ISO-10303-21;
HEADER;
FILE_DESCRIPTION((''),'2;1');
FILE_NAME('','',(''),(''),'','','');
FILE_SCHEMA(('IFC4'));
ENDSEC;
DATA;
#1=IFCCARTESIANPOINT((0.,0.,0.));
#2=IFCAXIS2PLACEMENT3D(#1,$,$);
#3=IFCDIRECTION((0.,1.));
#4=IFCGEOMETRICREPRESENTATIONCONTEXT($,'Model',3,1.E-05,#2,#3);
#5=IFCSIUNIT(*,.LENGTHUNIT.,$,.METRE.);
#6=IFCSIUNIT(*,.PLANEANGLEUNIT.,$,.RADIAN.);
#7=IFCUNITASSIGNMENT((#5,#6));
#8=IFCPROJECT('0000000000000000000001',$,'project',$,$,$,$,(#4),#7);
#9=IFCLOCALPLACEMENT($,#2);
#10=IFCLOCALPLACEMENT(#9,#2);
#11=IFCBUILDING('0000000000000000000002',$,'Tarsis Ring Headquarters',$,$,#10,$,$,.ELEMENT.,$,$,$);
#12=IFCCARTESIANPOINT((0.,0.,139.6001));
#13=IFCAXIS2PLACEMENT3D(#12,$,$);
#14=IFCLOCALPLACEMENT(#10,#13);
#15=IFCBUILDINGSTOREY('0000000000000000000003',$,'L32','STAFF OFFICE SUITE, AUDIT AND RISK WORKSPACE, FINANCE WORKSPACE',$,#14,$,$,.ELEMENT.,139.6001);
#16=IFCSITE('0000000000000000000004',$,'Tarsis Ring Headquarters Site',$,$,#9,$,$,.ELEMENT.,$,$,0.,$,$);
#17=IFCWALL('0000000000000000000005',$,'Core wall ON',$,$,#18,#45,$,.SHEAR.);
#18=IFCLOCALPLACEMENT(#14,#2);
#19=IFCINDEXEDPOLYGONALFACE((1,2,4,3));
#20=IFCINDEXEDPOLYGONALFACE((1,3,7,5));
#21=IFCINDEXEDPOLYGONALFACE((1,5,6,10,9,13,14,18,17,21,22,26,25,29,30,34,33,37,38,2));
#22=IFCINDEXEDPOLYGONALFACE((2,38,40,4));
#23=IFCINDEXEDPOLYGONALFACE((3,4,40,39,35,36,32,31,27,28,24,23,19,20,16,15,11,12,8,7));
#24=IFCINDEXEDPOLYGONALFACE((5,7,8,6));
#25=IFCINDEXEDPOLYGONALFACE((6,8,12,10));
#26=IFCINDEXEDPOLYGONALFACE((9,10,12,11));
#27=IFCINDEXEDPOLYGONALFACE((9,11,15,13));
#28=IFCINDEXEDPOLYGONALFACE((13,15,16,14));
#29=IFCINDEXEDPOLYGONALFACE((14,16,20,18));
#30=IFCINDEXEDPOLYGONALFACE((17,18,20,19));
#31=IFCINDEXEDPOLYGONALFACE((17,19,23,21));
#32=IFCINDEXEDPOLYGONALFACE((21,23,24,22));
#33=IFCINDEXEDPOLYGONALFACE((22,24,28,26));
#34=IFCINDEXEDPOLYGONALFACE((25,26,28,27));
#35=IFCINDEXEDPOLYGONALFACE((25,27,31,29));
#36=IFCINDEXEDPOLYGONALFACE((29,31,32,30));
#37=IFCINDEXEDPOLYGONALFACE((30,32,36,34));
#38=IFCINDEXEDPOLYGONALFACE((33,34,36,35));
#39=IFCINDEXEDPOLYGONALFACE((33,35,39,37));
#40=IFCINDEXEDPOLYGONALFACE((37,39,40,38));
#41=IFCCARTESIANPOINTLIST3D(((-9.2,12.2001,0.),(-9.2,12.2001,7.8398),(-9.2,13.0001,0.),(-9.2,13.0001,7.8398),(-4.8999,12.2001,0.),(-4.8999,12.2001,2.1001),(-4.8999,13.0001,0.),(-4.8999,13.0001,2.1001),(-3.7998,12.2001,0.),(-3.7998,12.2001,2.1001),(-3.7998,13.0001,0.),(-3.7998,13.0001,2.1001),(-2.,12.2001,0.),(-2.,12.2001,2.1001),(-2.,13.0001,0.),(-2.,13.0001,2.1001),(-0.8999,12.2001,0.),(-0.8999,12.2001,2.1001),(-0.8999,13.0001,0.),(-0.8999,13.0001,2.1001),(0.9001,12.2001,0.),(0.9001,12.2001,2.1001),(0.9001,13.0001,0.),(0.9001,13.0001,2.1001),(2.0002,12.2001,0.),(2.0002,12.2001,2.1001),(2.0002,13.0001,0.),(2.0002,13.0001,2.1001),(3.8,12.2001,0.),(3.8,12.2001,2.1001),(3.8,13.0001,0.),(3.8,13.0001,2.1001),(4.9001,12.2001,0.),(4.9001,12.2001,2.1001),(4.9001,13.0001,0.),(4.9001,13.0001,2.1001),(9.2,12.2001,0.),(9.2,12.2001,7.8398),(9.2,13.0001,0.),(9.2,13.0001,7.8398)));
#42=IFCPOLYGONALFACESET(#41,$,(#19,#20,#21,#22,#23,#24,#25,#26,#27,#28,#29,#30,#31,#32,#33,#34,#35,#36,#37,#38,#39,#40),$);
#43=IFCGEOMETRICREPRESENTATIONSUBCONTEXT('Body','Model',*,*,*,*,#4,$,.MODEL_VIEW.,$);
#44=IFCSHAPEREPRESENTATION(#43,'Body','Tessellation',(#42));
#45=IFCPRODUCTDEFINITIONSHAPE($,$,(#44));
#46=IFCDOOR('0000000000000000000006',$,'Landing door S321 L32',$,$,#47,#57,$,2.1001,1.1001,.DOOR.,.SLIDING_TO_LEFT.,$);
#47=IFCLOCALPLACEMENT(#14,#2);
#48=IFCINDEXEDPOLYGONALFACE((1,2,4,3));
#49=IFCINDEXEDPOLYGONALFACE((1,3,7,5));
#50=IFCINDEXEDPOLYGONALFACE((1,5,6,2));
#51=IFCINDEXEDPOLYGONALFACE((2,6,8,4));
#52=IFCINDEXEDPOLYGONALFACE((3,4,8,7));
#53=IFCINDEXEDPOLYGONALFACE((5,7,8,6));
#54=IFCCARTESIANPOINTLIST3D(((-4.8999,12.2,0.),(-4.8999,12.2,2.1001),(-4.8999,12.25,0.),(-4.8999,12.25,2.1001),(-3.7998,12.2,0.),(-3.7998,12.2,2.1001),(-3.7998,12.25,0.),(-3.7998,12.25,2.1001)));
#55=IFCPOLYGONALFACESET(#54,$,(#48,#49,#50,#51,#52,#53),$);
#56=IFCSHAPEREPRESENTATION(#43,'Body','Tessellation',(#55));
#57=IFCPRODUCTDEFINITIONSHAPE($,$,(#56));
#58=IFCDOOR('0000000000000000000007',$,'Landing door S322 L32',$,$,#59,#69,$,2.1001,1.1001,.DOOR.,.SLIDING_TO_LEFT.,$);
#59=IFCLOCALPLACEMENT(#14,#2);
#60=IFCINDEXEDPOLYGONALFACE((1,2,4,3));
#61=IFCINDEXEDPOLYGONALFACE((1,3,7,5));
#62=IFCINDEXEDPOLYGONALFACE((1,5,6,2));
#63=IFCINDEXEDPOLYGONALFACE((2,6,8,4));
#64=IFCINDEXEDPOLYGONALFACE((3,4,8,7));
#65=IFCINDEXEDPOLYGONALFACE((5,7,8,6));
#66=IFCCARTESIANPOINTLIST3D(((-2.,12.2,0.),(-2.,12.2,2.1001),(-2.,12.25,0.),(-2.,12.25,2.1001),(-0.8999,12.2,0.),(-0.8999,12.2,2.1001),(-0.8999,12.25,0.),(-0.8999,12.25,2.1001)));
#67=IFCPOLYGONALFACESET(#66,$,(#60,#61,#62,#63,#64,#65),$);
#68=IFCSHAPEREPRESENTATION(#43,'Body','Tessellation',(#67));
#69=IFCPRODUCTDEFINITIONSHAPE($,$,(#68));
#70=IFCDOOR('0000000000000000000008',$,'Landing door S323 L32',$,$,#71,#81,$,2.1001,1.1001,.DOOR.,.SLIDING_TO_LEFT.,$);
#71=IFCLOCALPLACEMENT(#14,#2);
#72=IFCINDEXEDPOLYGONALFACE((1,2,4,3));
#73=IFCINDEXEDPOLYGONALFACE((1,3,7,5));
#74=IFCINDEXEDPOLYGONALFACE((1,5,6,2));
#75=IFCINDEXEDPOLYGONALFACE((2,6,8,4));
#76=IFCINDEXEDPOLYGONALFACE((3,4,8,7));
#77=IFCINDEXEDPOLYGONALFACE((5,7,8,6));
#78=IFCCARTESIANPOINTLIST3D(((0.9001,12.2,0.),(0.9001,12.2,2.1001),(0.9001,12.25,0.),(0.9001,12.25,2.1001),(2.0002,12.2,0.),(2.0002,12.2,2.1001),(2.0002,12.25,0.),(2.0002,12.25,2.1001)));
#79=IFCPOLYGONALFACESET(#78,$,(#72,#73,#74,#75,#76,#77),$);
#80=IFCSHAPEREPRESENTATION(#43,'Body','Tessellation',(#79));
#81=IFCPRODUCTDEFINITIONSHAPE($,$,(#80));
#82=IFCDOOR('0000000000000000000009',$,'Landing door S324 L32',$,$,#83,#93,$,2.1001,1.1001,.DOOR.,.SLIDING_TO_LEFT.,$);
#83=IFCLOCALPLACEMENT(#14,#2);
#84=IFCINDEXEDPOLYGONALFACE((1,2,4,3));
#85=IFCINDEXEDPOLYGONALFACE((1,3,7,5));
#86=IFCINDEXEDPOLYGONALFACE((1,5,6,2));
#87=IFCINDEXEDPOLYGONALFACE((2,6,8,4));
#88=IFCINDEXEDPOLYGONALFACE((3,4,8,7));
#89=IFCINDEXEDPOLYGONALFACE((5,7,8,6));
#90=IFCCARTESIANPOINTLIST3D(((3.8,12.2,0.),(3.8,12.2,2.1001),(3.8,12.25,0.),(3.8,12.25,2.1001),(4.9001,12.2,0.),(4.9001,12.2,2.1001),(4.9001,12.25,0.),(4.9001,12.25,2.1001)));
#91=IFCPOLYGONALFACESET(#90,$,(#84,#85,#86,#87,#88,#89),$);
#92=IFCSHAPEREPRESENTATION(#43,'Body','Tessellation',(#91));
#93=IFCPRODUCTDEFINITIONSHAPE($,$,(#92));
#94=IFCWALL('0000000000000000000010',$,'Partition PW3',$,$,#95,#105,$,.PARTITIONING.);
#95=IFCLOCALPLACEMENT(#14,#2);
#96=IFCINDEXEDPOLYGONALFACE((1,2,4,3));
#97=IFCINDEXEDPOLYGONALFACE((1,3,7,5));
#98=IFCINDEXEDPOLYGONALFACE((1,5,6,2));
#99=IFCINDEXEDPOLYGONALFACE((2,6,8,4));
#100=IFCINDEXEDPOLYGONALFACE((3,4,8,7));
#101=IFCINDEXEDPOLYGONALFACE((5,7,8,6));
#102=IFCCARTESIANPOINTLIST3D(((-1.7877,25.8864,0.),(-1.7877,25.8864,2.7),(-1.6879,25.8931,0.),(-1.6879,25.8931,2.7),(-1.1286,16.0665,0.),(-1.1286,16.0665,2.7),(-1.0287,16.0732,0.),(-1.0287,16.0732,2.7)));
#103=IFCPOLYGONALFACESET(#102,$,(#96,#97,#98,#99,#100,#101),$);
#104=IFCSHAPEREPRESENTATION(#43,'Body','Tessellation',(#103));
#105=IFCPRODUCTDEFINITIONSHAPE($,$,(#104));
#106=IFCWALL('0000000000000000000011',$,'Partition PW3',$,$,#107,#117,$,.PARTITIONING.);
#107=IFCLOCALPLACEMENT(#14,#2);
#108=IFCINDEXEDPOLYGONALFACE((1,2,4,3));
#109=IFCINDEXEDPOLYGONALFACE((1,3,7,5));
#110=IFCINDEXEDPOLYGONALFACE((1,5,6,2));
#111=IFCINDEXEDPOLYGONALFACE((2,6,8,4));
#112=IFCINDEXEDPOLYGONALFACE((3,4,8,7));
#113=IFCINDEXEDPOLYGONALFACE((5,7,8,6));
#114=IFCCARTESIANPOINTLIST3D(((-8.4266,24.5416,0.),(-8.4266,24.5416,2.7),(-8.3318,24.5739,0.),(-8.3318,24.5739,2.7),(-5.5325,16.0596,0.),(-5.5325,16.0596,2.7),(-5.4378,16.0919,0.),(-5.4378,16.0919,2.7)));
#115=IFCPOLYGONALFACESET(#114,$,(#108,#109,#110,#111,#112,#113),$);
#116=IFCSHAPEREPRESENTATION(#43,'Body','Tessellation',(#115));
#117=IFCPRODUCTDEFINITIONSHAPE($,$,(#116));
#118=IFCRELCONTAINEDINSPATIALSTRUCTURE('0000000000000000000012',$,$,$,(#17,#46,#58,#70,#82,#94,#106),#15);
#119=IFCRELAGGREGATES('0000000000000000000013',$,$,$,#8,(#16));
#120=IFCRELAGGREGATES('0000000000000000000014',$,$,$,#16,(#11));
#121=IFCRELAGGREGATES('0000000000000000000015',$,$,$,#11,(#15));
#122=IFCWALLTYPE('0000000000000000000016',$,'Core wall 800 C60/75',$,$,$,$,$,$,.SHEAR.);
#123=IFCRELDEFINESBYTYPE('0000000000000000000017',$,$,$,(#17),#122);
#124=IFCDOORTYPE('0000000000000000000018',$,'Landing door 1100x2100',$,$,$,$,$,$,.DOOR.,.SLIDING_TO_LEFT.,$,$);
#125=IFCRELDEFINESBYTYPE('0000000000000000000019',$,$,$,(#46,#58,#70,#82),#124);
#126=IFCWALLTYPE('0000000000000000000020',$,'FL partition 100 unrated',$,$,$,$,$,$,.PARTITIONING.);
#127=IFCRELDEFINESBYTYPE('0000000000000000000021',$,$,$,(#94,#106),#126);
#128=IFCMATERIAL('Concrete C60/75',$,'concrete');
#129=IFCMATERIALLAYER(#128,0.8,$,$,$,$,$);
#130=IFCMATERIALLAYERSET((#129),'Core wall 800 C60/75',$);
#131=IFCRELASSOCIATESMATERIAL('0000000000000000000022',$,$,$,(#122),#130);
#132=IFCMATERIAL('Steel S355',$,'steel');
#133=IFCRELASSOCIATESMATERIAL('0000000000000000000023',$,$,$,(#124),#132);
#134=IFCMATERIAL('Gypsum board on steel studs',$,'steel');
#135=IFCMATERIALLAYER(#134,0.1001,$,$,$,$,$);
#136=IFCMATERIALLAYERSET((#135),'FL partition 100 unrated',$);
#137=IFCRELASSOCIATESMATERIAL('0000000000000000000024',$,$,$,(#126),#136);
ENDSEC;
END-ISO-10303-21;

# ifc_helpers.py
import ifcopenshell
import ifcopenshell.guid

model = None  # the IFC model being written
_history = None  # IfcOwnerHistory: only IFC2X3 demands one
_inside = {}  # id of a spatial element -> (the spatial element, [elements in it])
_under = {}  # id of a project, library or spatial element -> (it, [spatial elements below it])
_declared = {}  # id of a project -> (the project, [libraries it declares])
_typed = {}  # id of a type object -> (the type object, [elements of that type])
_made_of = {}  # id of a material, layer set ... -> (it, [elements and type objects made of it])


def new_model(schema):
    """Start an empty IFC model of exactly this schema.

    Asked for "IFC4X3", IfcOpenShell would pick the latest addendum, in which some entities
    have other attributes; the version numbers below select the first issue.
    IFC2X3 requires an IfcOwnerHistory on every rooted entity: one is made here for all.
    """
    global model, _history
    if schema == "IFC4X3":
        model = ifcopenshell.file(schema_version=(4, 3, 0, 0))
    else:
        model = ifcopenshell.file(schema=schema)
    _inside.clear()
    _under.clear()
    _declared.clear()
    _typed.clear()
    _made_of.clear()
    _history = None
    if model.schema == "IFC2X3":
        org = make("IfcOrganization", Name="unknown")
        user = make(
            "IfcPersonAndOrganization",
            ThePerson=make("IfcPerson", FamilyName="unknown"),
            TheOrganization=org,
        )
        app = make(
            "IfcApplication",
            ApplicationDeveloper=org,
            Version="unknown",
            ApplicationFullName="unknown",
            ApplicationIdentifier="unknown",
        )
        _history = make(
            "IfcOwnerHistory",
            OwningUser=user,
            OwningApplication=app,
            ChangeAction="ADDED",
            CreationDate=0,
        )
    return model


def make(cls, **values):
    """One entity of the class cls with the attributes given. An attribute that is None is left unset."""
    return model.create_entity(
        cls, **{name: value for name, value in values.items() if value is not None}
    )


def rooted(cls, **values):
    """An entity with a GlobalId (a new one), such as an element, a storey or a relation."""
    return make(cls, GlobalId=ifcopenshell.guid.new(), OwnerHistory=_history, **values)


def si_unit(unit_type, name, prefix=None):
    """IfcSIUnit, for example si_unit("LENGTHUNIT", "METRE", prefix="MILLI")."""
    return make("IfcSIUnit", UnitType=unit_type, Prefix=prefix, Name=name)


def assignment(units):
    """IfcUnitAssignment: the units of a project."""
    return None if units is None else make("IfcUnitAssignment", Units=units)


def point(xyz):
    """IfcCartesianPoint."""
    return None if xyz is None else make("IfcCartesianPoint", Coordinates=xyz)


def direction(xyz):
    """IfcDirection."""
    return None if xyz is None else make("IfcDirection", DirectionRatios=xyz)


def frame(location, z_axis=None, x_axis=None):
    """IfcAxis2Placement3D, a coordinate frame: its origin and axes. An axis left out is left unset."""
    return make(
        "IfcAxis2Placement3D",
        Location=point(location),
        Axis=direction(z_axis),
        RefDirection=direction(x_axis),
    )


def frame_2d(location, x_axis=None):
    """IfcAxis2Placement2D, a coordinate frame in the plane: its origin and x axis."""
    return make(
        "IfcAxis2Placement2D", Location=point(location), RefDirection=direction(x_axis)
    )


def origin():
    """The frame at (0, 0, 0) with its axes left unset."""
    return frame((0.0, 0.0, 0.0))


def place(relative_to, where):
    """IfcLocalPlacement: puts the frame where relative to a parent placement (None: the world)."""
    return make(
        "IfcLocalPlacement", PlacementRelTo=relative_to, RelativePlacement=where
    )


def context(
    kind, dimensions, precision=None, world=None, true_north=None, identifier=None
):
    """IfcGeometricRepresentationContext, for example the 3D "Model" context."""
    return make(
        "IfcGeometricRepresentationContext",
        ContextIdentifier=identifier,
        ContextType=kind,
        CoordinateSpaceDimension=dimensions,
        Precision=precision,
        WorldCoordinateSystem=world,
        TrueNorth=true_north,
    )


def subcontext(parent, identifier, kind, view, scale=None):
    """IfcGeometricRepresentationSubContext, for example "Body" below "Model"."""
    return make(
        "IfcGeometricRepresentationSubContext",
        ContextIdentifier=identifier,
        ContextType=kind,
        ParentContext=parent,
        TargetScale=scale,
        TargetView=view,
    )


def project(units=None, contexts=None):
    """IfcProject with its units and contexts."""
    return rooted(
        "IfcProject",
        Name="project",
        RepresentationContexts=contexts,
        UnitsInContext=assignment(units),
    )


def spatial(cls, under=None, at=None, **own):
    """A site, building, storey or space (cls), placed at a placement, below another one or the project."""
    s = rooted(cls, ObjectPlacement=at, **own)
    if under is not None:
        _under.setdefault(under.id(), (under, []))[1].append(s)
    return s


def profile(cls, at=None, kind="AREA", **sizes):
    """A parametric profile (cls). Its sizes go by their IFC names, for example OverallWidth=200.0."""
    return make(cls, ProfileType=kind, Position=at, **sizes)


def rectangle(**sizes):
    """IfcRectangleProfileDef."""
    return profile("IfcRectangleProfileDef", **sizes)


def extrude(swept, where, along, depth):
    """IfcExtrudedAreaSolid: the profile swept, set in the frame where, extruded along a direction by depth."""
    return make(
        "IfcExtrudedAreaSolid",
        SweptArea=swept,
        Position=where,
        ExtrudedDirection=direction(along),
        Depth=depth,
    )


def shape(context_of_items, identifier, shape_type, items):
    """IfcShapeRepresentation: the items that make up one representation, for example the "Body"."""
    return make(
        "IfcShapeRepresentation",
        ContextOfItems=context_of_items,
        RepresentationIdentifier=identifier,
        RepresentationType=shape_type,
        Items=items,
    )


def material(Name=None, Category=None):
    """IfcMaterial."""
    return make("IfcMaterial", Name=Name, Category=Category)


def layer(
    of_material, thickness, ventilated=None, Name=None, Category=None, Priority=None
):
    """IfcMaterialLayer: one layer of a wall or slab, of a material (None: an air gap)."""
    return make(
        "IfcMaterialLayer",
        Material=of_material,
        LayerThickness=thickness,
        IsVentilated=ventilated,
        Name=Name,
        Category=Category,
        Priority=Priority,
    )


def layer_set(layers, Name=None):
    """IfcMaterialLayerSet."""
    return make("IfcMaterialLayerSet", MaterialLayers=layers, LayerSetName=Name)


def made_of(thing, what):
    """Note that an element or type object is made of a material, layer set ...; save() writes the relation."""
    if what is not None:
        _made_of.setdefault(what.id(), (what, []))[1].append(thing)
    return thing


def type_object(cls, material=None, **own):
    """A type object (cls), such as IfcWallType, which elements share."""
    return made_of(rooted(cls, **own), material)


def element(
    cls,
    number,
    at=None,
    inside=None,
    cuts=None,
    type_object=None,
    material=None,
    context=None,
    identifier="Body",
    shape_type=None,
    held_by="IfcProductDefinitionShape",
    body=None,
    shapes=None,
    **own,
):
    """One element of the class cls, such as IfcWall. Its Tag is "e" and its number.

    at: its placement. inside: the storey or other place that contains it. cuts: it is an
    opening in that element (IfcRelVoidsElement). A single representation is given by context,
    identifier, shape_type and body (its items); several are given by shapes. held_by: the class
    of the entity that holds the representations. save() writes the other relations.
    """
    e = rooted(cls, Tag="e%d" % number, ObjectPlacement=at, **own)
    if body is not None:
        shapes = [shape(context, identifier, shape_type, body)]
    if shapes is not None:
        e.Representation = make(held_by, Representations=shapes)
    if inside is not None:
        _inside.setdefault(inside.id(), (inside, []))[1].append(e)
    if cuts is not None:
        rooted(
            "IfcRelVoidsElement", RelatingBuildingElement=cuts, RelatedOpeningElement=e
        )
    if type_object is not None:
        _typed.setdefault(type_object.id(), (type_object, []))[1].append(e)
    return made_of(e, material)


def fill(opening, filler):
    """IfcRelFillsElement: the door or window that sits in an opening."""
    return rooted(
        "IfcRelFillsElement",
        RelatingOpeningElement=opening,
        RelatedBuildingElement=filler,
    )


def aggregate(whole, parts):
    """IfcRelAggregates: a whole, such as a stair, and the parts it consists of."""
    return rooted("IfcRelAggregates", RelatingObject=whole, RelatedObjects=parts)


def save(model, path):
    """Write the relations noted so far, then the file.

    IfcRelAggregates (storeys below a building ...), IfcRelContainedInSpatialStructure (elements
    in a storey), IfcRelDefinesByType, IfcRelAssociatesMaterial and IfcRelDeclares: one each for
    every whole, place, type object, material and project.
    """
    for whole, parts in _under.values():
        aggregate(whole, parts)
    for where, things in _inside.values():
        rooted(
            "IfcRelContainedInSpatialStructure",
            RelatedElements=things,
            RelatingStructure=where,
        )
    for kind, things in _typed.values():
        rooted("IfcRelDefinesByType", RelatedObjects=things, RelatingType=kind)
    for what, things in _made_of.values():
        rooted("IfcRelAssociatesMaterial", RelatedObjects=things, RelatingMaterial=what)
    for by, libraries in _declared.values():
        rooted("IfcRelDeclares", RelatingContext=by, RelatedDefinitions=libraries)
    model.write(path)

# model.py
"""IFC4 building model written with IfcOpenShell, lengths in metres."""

from ifc_helpers import new_model, si_unit, direction, frame, frame_2d, origin, place, context, subcontext, project, spatial, rectangle, extrude, material, layer, layer_set, type_object, element, fill, save


model = new_model("IFC4")

# Units and contexts
model_context = context("Model", 3, precision=1e-05, world=origin(), true_north=direction((0.0, 1.0)))
body_context = subcontext(model_context, "Body", "Model", "MODEL_VIEW")
ifc_project = project(units=[si_unit("LENGTHUNIT", "METRE"), si_unit("PLANEANGLEUNIT", "RADIAN")], contexts=[model_context])

# Site, building, storey
site_placement = place(None, origin())
site = spatial("IfcSite", under=ifc_project, at=site_placement, Name="Tarsis Ring Headquarters Site", CompositionType="ELEMENT", RefElevation=0.0)
building_placement = place(site_placement, origin())
building = spatial("IfcBuilding", under=site, at=building_placement, Name="Tarsis Ring Headquarters", CompositionType="ELEMENT")
storey_placement = place(building_placement, frame((0.0, 0.0, 139.6001)))
storey = spatial("IfcBuildingStorey", under=building, at=storey_placement, Name="L32", Description="STAFF OFFICE SUITE, AUDIT AND RISK WORKSPACE, FINANCE WORKSPACE", CompositionType="ELEMENT", Elevation=139.6001)

# Wall, openings, doors
ifc_material_1 = material(Name="Concrete C60/75", Category="concrete")
ifc_layer_1 = layer(ifc_material_1, 0.8)
ifc_layer_set_1 = layer_set([ifc_layer_1], Name="Core wall 800 C60/75")
wall_type_1 = type_object("IfcWallType", Name="Core wall 800 C60/75", PredefinedType="SHEAR", material=ifc_layer_set_1)
wall_1_placement = place(storey_placement, frame((-9.2, 12.6001, 0.0), z_axis=(0.0, 0.0, 1.0), x_axis=(1.0, 0.0, 0.0)))
wall_1 = element("IfcWall", 1, at=wall_1_placement, inside=storey, type_object=wall_type_1, Name="Core wall ON", PredefinedType="SHEAR", context=body_context, shape_type="SweptSolid", body=[
    extrude(rectangle(XDim=18.3999, YDim=0.8, at=frame_2d((9.2, 0.0))), origin(), (0.0, 0.0, 1.0), 7.8398),
])
opening_1_placement = place(wall_1_placement, frame((4.3, 0.0, 0.0)))
opening_1 = element("IfcOpeningElement", 2, at=opening_1_placement, cuts=wall_1, PredefinedType="OPENING", context=body_context, shape_type="SweptSolid", body=[
    extrude(rectangle(XDim=1.1001, YDim=2.1001, at=frame_2d((0.55, 1.05))), frame((0.0, 0.4099, 0.0), z_axis=(0.0, -1.0, 0.0), x_axis=(1.0, 0.0, 0.0)), (0.0, 0.0, 1.0), 0.8201),
])
opening_2_placement = place(wall_1_placement, frame((7.2, 0.0, 0.0)))
opening_2 = element("IfcOpeningElement", 3, at=opening_2_placement, cuts=wall_1, PredefinedType="OPENING", context=body_context, shape_type="SweptSolid", body=[
    extrude(rectangle(XDim=1.1001, YDim=2.1001, at=frame_2d((0.55, 1.05))), frame((0.0, 0.4099, 0.0), z_axis=(0.0, -1.0, 0.0), x_axis=(1.0, 0.0, 0.0)), (0.0, 0.0, 1.0), 0.8201),
])
opening_3_placement = place(wall_1_placement, frame((10.1001, 0.0, 0.0)))
opening_3 = element("IfcOpeningElement", 4, at=opening_3_placement, cuts=wall_1, PredefinedType="OPENING", context=body_context, shape_type="SweptSolid", body=[
    extrude(rectangle(XDim=1.1001, YDim=2.1001, at=frame_2d((0.55, 1.05))), frame((0.0, 0.4099, 0.0), z_axis=(0.0, -1.0, 0.0), x_axis=(1.0, 0.0, 0.0)), (0.0, 0.0, 1.0), 0.8201),
])
opening_4_placement = place(wall_1_placement, frame((13.0, 0.0, 0.0)))
opening_4 = element("IfcOpeningElement", 5, at=opening_4_placement, cuts=wall_1, PredefinedType="OPENING", context=body_context, shape_type="SweptSolid", body=[
    extrude(rectangle(XDim=1.1001, YDim=2.1001, at=frame_2d((0.55, 1.05))), frame((0.0, 0.4099, 0.0), z_axis=(0.0, -1.0, 0.0), x_axis=(1.0, 0.0, 0.0)), (0.0, 0.0, 1.0), 0.8201),
])
ifc_material_2 = material(Name="Steel S355", Category="steel")
door_type = type_object("IfcDoorType", Name="Landing door 1100x2100", OperationType="SLIDING_TO_LEFT", PredefinedType="DOOR", material=ifc_material_2)
door_1_placement = place(opening_1_placement, origin())
door_1 = element("IfcDoor", 6, at=door_1_placement, inside=storey, type_object=door_type, Name="Landing door S321 L32", OperationType="SLIDING_TO_LEFT", OverallHeight=2.1001, OverallWidth=1.1001, PredefinedType="DOOR", context=body_context, shape_type="SweptSolid", body=[
    extrude(rectangle(XDim=1.1001, YDim=2.1001, at=frame_2d((0.55, 1.05))), frame((0.0, -0.3501, 0.0), z_axis=(0.0, -1.0, 0.0), x_axis=(1.0, 0.0, 0.0)), (0.0, 0.0, 1.0), 0.05),
])
fill(opening_1, door_1)
door_2_placement = place(opening_2_placement, origin())
door_2 = element("IfcDoor", 7, at=door_2_placement, inside=storey, type_object=door_type, Name="Landing door S322 L32", OperationType="SLIDING_TO_LEFT", OverallHeight=2.1001, OverallWidth=1.1001, PredefinedType="DOOR", context=body_context, shape_type="SweptSolid", body=[
    extrude(rectangle(XDim=1.1001, YDim=2.1001, at=frame_2d((0.55, 1.05))), frame((0.0, -0.3501, 0.0), z_axis=(0.0, -1.0, 0.0), x_axis=(1.0, 0.0, 0.0)), (0.0, 0.0, 1.0), 0.05),
])
fill(opening_2, door_2)
door_3_placement = place(opening_3_placement, origin())
door_3 = element("IfcDoor", 8, at=door_3_placement, inside=storey, type_object=door_type, Name="Landing door S323 L32", OperationType="SLIDING_TO_LEFT", OverallHeight=2.1001, OverallWidth=1.1001, PredefinedType="DOOR", context=body_context, shape_type="SweptSolid", body=[
    extrude(rectangle(XDim=1.1001, YDim=2.1001, at=frame_2d((0.55, 1.05))), frame((0.0, -0.3501, 0.0), z_axis=(0.0, -1.0, 0.0), x_axis=(1.0, 0.0, 0.0)), (0.0, 0.0, 1.0), 0.05),
])
fill(opening_3, door_3)
door_4_placement = place(opening_4_placement, origin())
door_4 = element("IfcDoor", 9, at=door_4_placement, inside=storey, type_object=door_type, Name="Landing door S324 L32", OperationType="SLIDING_TO_LEFT", OverallHeight=2.1001, OverallWidth=1.1001, PredefinedType="DOOR", context=body_context, shape_type="SweptSolid", body=[
    extrude(rectangle(XDim=1.1001, YDim=2.1001, at=frame_2d((0.55, 1.05))), frame((0.0, -0.3501, 0.0), z_axis=(0.0, -1.0, 0.0), x_axis=(1.0, 0.0, 0.0)), (0.0, 0.0, 1.0), 0.05),
])
fill(opening_4, door_4)

# Walls
ifc_material_3 = material(Name="Gypsum board on steel studs", Category="steel")
ifc_layer_2 = layer(ifc_material_3, 0.1001)
ifc_layer_set_2 = layer_set([ifc_layer_2], Name="FL partition 100 unrated")
wall_type_2 = type_object("IfcWallType", Name="FL partition 100 unrated", PredefinedType="PARTITIONING", material=ifc_layer_set_2)
wall_2_placement = place(storey_placement, frame((-1.7378, 25.8896, 0.0), z_axis=(0.0, 0.0, 1.0), x_axis=(0.066977, -0.997755, 0.0)))
element("IfcWall", 10, at=wall_2_placement, inside=storey, type_object=wall_type_2, Name="Partition PW3", PredefinedType="PARTITIONING", context=body_context, shape_type="SweptSolid", body=[
    extrude(rectangle(XDim=9.842, YDim=0.1001, at=frame_2d((4.9209, 0.0))), origin(), (0.0, 0.0, 1.0), 2.7),
])
wall_3_placement = place(storey_placement, frame((-8.3792, 24.5576, 0.0), z_axis=(0.0, 0.0, 1.0), x_axis=(0.322921, -0.946426, 0.0)))
element("IfcWall", 11, at=wall_3_placement, inside=storey, type_object=wall_type_2, Name="Partition PW3", PredefinedType="PARTITIONING", context=body_context, shape_type="SweptSolid", body=[
    extrude(rectangle(XDim=8.9622, YDim=0.1001, at=frame_2d((4.481, 0.0))), origin(), (0.0, 0.0, 1.0), 2.7),
])

save(model, "model.ifc")
